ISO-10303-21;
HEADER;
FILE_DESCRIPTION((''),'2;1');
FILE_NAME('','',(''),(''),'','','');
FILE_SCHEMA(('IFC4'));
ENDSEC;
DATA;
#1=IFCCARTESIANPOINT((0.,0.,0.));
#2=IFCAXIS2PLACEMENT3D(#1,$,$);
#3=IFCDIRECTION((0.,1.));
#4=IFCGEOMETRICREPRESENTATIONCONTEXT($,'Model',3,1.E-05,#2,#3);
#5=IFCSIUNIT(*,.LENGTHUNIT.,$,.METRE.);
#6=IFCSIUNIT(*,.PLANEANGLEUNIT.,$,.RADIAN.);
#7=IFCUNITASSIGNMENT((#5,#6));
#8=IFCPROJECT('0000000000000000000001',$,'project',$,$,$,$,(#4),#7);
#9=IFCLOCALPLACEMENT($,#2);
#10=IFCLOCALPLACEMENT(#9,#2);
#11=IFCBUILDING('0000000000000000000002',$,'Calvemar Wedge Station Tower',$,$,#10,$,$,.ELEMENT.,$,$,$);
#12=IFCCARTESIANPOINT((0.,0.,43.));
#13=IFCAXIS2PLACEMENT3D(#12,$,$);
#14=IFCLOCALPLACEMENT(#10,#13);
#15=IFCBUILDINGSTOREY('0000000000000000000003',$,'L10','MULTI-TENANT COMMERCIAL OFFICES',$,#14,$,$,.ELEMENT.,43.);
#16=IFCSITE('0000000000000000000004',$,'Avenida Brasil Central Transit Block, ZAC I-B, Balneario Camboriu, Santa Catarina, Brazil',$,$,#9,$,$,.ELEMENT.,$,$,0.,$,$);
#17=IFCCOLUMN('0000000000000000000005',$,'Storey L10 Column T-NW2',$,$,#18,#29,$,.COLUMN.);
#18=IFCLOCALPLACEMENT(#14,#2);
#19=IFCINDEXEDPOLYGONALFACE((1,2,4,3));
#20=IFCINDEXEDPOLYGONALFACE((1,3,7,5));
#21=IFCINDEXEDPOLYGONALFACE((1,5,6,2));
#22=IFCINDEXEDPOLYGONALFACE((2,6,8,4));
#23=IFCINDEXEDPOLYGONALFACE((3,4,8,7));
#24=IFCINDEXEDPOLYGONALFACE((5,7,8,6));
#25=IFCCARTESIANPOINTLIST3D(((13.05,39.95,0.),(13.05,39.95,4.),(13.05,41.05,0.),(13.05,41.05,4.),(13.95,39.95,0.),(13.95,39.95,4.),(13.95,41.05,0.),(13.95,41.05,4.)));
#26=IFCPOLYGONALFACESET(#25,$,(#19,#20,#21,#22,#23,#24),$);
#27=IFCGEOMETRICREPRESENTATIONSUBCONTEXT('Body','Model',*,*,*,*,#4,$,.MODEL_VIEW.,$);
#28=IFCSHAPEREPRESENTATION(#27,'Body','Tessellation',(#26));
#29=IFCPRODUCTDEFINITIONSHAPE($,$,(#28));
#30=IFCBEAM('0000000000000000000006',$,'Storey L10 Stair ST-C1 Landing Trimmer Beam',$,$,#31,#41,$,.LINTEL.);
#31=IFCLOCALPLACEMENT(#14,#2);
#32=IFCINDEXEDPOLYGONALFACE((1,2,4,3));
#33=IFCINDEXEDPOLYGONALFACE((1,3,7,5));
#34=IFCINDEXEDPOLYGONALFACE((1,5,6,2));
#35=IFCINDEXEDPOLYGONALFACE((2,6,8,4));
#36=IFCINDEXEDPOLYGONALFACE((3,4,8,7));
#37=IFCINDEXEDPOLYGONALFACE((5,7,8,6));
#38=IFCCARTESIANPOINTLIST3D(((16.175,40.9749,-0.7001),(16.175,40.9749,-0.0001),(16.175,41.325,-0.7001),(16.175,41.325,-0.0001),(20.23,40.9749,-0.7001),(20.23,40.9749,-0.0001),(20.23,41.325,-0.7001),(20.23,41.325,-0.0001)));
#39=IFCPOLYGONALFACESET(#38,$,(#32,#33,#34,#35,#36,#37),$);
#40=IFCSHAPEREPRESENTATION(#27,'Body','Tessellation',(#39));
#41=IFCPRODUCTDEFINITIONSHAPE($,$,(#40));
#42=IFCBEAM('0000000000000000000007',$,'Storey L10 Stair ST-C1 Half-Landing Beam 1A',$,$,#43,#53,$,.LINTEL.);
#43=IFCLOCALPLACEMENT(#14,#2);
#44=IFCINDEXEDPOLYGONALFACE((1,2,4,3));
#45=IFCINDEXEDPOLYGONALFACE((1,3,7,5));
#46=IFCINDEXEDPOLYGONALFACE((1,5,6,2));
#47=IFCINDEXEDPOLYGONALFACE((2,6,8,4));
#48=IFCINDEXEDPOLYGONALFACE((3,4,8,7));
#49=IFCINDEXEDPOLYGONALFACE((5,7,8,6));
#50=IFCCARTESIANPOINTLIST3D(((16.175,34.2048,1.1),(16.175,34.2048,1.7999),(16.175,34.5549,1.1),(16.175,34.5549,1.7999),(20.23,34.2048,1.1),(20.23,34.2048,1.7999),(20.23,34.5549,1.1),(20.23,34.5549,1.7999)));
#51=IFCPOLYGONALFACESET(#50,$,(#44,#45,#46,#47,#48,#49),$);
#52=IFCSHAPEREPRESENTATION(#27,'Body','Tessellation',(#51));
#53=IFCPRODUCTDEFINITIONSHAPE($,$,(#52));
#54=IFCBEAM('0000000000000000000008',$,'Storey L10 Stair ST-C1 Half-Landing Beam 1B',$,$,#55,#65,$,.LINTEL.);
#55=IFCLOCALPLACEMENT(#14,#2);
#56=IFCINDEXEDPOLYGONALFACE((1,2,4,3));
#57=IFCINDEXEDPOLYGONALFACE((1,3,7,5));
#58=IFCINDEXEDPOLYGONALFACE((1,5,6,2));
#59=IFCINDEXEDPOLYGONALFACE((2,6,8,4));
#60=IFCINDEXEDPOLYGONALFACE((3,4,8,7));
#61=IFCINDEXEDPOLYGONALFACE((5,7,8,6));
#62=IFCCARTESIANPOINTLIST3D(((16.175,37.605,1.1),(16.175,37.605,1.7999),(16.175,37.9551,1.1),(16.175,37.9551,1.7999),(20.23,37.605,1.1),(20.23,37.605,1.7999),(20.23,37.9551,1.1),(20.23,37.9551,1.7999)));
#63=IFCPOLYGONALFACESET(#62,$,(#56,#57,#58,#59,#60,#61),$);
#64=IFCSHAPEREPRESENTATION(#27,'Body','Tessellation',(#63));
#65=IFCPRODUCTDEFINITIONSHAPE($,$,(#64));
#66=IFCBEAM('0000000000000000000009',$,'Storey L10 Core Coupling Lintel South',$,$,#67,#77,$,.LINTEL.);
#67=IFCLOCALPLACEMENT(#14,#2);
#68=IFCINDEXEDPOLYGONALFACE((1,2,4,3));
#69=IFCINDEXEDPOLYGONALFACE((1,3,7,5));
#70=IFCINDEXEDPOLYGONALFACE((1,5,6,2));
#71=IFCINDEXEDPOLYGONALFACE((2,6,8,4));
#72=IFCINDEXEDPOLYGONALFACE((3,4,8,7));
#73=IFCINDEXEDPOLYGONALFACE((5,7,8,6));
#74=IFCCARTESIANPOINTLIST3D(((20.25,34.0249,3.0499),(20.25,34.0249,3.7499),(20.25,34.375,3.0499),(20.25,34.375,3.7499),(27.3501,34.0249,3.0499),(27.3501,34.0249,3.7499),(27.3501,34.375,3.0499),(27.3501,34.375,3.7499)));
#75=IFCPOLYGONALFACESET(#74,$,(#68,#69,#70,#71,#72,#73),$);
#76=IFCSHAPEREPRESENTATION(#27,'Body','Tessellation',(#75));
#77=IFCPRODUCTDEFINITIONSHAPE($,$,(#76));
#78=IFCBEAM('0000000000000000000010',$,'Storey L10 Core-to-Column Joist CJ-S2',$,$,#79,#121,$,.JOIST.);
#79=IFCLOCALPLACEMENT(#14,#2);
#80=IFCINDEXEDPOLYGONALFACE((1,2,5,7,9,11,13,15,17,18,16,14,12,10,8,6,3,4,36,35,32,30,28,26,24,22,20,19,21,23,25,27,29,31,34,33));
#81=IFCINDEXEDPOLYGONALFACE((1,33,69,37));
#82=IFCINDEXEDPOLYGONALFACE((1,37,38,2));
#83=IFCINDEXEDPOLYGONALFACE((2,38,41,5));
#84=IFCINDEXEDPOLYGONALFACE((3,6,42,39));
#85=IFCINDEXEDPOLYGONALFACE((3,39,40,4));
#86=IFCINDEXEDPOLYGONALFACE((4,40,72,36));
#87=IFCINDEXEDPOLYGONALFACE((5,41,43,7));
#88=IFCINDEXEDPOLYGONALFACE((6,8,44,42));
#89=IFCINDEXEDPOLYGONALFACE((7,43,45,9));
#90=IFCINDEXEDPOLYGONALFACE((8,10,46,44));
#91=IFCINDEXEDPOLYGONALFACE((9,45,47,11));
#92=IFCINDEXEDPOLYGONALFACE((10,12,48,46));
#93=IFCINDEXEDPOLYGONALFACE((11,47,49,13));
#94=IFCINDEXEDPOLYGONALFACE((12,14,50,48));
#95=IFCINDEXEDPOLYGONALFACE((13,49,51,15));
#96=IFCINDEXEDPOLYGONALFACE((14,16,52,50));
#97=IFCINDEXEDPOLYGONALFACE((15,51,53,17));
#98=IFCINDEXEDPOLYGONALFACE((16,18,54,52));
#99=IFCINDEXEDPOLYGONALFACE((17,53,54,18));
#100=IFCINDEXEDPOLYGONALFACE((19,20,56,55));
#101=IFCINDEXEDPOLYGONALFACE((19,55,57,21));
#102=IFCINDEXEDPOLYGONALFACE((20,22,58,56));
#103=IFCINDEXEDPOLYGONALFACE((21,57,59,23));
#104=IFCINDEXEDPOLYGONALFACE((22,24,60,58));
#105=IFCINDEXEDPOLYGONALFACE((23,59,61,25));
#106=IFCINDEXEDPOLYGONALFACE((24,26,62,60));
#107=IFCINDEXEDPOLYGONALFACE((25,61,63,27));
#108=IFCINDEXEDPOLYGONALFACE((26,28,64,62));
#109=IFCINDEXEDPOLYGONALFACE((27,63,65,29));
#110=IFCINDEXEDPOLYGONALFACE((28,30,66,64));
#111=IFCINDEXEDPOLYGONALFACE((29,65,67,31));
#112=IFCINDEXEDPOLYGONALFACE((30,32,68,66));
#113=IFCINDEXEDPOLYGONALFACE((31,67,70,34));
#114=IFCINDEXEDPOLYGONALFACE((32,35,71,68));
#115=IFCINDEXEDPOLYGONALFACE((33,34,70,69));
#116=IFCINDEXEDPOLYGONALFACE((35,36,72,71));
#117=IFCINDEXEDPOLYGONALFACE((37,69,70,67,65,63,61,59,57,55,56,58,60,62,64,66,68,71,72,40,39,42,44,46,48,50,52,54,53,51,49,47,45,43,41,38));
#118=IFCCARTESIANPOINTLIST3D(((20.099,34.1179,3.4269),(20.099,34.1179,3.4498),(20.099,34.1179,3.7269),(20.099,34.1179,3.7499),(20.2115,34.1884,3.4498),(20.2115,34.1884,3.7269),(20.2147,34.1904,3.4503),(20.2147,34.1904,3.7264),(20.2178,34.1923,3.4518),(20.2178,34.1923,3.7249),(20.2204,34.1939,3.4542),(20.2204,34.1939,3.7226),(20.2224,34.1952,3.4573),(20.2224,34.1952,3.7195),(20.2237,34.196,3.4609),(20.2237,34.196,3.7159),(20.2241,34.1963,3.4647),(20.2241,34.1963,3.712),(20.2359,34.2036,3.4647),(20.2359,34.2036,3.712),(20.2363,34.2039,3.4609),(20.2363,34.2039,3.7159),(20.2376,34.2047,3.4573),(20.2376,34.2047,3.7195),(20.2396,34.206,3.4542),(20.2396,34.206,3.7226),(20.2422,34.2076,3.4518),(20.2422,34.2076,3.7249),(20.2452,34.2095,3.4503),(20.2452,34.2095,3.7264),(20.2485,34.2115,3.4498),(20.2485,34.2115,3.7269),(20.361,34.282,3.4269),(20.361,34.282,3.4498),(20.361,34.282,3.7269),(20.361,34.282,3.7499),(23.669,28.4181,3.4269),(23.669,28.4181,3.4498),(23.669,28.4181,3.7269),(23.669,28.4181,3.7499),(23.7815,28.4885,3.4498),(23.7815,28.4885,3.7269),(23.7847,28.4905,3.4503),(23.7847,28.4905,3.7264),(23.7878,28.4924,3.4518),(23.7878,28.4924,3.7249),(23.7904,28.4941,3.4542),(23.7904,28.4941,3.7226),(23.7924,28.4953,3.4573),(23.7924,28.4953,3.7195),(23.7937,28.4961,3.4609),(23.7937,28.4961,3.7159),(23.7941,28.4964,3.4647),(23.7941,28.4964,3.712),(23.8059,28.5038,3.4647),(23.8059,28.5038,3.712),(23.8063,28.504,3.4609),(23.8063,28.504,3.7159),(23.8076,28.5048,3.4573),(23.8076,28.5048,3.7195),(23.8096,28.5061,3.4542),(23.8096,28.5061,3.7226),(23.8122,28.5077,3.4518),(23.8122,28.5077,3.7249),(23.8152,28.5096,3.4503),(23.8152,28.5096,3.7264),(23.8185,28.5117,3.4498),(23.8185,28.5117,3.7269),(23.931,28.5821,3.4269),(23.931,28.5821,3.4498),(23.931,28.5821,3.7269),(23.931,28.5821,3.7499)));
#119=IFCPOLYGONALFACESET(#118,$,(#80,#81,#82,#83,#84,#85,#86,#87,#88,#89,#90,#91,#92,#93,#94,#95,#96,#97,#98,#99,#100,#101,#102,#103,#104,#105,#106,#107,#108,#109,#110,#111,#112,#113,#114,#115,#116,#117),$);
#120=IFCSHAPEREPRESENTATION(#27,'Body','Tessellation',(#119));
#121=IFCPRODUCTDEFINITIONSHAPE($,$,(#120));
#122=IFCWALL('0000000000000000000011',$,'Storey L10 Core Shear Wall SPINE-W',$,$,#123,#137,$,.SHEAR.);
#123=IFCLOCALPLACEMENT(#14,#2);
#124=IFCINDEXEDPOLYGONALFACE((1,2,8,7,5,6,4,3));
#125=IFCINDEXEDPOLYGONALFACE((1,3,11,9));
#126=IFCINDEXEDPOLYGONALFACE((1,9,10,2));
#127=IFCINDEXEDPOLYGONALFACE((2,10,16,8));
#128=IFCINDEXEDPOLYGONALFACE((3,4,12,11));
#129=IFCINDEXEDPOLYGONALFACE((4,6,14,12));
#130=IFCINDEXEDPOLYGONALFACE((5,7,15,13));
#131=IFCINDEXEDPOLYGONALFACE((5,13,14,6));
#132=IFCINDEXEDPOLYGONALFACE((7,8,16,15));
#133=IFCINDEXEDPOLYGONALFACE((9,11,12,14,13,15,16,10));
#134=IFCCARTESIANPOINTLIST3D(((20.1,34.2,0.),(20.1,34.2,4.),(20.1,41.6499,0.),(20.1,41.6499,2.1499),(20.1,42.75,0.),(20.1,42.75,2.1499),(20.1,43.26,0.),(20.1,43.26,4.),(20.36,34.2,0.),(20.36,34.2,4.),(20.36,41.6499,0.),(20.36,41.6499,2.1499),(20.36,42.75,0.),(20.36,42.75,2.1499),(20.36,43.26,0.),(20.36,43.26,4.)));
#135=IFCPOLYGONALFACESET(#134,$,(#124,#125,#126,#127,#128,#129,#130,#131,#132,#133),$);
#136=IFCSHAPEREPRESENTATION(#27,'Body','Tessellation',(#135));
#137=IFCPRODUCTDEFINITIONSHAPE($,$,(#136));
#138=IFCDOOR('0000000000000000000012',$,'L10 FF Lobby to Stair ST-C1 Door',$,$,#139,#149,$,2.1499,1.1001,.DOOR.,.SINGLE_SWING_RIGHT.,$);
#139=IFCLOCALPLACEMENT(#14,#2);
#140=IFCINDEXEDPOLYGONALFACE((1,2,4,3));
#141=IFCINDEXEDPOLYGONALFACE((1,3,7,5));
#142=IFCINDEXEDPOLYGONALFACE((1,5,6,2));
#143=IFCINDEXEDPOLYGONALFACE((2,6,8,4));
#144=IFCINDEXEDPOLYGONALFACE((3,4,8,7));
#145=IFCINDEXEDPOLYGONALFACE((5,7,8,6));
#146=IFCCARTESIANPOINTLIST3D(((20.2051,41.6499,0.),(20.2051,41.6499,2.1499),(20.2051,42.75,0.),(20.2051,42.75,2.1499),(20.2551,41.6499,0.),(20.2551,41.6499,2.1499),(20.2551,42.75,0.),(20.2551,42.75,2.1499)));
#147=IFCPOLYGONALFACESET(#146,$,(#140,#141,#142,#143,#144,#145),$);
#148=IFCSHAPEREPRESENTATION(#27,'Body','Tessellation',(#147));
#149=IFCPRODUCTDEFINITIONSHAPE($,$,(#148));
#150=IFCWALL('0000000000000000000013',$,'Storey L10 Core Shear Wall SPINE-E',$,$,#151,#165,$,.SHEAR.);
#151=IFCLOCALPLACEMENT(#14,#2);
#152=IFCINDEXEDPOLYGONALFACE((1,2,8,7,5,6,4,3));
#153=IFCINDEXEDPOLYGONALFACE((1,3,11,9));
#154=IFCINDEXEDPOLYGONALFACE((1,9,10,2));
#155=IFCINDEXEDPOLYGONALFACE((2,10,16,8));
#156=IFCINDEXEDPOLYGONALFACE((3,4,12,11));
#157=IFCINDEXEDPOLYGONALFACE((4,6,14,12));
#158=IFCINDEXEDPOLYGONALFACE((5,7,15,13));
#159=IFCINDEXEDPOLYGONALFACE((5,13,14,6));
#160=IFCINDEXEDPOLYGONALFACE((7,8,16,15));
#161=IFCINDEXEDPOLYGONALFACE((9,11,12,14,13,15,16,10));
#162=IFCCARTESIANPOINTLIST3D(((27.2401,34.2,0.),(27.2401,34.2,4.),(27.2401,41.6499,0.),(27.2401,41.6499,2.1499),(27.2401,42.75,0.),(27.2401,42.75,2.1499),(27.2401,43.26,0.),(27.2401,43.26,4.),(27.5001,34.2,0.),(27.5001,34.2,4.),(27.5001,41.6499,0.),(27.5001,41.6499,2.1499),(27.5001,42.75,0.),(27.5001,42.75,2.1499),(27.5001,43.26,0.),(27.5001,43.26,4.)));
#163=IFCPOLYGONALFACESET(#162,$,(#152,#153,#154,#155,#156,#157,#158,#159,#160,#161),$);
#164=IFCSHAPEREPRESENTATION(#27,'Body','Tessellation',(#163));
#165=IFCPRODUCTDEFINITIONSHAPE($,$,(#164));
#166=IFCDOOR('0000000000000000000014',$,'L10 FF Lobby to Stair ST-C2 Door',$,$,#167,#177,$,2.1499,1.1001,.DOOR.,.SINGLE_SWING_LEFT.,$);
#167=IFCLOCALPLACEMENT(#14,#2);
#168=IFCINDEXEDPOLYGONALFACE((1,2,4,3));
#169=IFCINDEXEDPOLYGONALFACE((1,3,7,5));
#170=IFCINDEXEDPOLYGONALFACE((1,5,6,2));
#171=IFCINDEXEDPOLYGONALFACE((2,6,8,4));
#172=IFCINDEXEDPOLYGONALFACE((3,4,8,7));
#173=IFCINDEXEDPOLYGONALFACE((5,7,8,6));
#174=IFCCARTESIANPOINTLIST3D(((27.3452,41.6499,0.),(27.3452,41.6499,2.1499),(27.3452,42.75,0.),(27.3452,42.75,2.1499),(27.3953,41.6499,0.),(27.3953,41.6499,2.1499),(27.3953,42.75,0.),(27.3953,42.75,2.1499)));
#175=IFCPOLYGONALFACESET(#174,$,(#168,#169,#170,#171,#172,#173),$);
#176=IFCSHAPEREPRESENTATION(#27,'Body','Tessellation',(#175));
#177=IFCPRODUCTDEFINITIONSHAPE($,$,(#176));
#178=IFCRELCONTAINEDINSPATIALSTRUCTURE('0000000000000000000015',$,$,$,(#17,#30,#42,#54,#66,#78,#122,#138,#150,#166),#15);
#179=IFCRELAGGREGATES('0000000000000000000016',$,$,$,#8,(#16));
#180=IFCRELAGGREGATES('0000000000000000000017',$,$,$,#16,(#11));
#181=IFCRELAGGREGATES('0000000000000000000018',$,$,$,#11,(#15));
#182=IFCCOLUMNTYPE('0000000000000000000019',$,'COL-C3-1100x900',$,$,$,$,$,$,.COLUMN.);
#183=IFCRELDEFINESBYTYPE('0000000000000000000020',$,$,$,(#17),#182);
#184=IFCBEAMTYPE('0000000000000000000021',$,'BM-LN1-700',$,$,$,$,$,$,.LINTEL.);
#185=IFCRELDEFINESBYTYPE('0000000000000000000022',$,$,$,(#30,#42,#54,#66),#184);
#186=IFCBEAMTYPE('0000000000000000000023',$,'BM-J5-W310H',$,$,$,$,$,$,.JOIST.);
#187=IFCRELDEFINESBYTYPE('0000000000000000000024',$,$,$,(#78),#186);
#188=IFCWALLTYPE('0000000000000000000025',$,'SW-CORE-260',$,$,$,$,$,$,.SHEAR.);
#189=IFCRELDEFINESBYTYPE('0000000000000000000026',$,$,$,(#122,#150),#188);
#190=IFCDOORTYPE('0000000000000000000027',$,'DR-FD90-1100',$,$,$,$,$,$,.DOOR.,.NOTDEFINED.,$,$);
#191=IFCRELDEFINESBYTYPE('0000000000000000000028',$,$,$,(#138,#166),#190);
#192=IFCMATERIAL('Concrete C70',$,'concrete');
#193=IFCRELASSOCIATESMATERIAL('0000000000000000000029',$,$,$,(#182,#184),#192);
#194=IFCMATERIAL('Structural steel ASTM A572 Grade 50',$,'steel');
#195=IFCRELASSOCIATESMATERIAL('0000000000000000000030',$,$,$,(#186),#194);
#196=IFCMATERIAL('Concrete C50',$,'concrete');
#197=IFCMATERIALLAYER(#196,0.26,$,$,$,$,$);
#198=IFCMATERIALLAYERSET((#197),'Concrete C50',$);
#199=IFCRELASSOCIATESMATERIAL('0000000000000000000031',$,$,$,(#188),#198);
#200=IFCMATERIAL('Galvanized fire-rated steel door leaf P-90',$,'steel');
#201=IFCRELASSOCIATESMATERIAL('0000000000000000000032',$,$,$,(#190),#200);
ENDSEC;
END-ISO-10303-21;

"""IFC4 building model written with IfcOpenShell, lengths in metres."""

from ifc_helpers import new_model, si_unit, direction, frame, frame_2d, origin, origin_2d, place, context, subcontext, project, spatial, rectangle, i_section, extrude, source, transform, mapped, material, layer, layer_set, material_profile, profile_set, type_object, element, fill, save


model = new_model("IFC4")

# Units and contexts
model_context = context("Model", 3, precision=1e-05, world=origin(), true_north=direction((0.0, 1.0)))
body_context = subcontext(model_context, "Body", "Model", "MODEL_VIEW")
ifc_project = project(units=[si_unit("LENGTHUNIT", "METRE"), si_unit("PLANEANGLEUNIT", "RADIAN")], contexts=[model_context])

# Site, building, storey
site_placement = place(None, origin())
site = spatial("IfcSite", under=ifc_project, at=site_placement, Name="Avenida Brasil Central Transit Block, ZAC I-B, Balneario Camboriu, Santa Catarina, Brazil", CompositionType="ELEMENT", RefElevation=0.0)
building_placement = place(site_placement, origin())
building = spatial("IfcBuilding", under=site, at=building_placement, Name="Calvemar Wedge Station Tower", CompositionType="ELEMENT")
storey_placement = place(building_placement, frame((0.0, 0.0, 43.0)))
storey = spatial("IfcBuildingStorey", under=building, at=storey_placement, Name="L10", Description="MULTI-TENANT COMMERCIAL OFFICES", CompositionType="ELEMENT", Elevation=43.0)

# Column
ifc_material_1 = material(Name="Concrete C70", Category="concrete")
ifc_material_profile_1 = material_profile(ifc_material_1, rectangle(XDim=0.8999, YDim=1.1001, at=origin_2d()), Name="RC1100x900")
ifc_profile_set_1 = profile_set([ifc_material_profile_1], Name="Concrete C70")
column_type = type_object("IfcColumnType", Name="COL-C3-1100x900", PredefinedType="COLUMN", material=ifc_profile_set_1)
shared_shape_1 = source(origin(), body_context, "Body", "SweptSolid", [
    extrude(rectangle(XDim=0.8999, YDim=1.1001, at=origin_2d()), origin(), (0.0, 0.0, 1.0), 4.0),
])
column_placement = place(storey_placement, frame((13.5, 40.5, 0.0), z_axis=(0.0, 0.0, 1.0), x_axis=(1.0, 0.0, 0.0)))
element("IfcColumn", 1, at=column_placement, inside=storey, type_object=column_type, Name="Storey L10 Column T-NW2", PredefinedType="COLUMN", context=body_context, shape_type="MappedRepresentation", body=[
    mapped(shared_shape_1, transform((0.0, 0.0, 0.0), scale=1.0)),
])

# Beams
ifc_material_profile_2 = material_profile(ifc_material_1, rectangle(XDim=0.3501, YDim=0.7, at=origin_2d()), Name="RC350x700")
ifc_profile_set_2 = profile_set([ifc_material_profile_2], Name="Concrete C70")
beam_type_1 = type_object("IfcBeamType", Name="BM-LN1-700", PredefinedType="LINTEL", material=ifc_profile_set_2)
shared_shape_2 = source(origin(), body_context, "Body", "SweptSolid", [
    extrude(rectangle(XDim=0.3501, YDim=0.7, at=origin_2d()), origin(), (0.0, 0.0, 1.0), 4.0549),
])
for number, where, z_axis, x_axis, name in (
    (2, (16.175, 41.1499, -0.3501), (1.0, 0.0, 0.0), (0.0, 1.0, 0.0), "Storey L10 Stair ST-C1 Landing Trimmer Beam"),
    (3, (16.175, 34.3799, 1.45), (1.0, 0.0, 0.0), (0.0, 1.0, 0.0), "Storey L10 Stair ST-C1 Half-Landing Beam 1A"),
    (4, (16.175, 37.78, 1.45), (1.0, 0.0, 0.0), (0.0, 1.0, 0.0), "Storey L10 Stair ST-C1 Half-Landing Beam 1B"),
):
    element("IfcBeam", number, at=place(storey_placement, frame(where, z_axis=z_axis, x_axis=x_axis)), inside=storey, type_object=beam_type_1, Name=name, PredefinedType="LINTEL", context=body_context, shape_type="MappedRepresentation", body=[
        mapped(shared_shape_2, transform((0.0, 0.0, 0.0), scale=1.0)),
    ])
shared_shape_3 = source(origin(), body_context, "Body", "SweptSolid", [
    extrude(rectangle(XDim=0.3501, YDim=0.7, at=origin_2d()), origin(), (0.0, 0.0, 1.0), 7.1001),
])
beam_1_placement = place(storey_placement, frame((20.25, 34.2, 3.3999), z_axis=(1.0, 0.0, 0.0), x_axis=(0.0, 1.0, 0.0)))
element("IfcBeam", 5, at=beam_1_placement, inside=storey, type_object=beam_type_1, Name="Storey L10 Core Coupling Lintel South", PredefinedType="LINTEL", context=body_context, shape_type="MappedRepresentation", body=[
    mapped(shared_shape_3, transform((0.0, 0.0, 0.0), scale=1.0)),
])
ifc_material_2 = material(Name="Structural steel ASTM A572 Grade 50", Category="steel")
ifc_material_profile_3 = material_profile(ifc_material_2, i_section(OverallWidth=0.3091, OverallDepth=0.323, WebThickness=0.0139, FlangeThickness=0.0229, FilletRadius=0.0149, at=origin_2d()), Name="W310x143")
ifc_profile_set_3 = profile_set([ifc_material_profile_3], Name="Structural steel ASTM A572 Grade 50")
beam_type_2 = type_object("IfcBeamType", Name="BM-J5-W310H", PredefinedType="JOIST", material=ifc_profile_set_3)
shared_shape_4 = source(origin(), body_context, "Body", "SweptSolid", [
    extrude(i_section(OverallWidth=0.3091, OverallDepth=0.323, WebThickness=0.0139, FlangeThickness=0.0229, FilletRadius=0.0149, at=origin_2d()), origin(), (0.0, 0.0, 1.0), 6.7256),
])
beam_2_placement = place(storey_placement, frame((20.23, 34.2, 3.5884), z_axis=(0.530811, -0.84749, 0.0), x_axis=(0.84749, 0.530811, 0.0)))
element("IfcBeam", 6, at=beam_2_placement, inside=storey, type_object=beam_type_2, Name="Storey L10 Core-to-Column Joist CJ-S2", PredefinedType="JOIST", context=body_context, shape_type="MappedRepresentation", body=[
    mapped(shared_shape_4, transform((0.0, 0.0, 0.0), scale=1.0)),
])

# Walls, openings, doors
ifc_material_3 = material(Name="Concrete C50", Category="concrete")
ifc_layer_1 = layer(ifc_material_3, 0.26)
ifc_layer_set_1 = layer_set([ifc_layer_1], Name="Concrete C50")
wall_type_1 = type_object("IfcWallType", Name="SW-CORE-260", PredefinedType="SHEAR", material=ifc_layer_set_1)
wall_1_placement = place(storey_placement, frame((20.23, 34.2, 0.0), z_axis=(0.0, 0.0, 1.0), x_axis=(0.0, 1.0, 0.0)))
wall_1 = element("IfcWall", 7, at=wall_1_placement, inside=storey, type_object=wall_type_1, Name="Storey L10 Core Shear Wall SPINE-W", PredefinedType="SHEAR", context=body_context, shape_type="SweptSolid", body=[
    extrude(rectangle(XDim=9.0601, YDim=0.26, at=frame_2d((4.53, 0.0))), origin(), (0.0, 0.0, 1.0), 4.0),
])
shared_shape_5 = source(origin(), body_context, "Body", "SweptSolid", [
    extrude(rectangle(XDim=1.1001, YDim=2.1499, at=frame_2d((0.55, 1.075))), frame((0.0, 0.1401, 0.0), z_axis=(0.0, -1.0, 0.0), x_axis=(1.0, 0.0, 0.0)), (0.0, 0.0, 1.0), 0.28),
])
opening_1_placement = place(wall_1_placement, frame((7.45, 0.0, 0.0)))
opening_1 = element("IfcOpeningElement", 8, at=opening_1_placement, cuts=wall_1, PredefinedType="OPENING", context=body_context, shape_type="MappedRepresentation", body=[
    mapped(shared_shape_5, transform((0.0, 0.0, 0.0), scale=1.0)),
])
ifc_material_4 = material(Name="Galvanized fire-rated steel door leaf P-90", Category="steel")
door_type_1 = type_object("IfcDoorType", Name="DR-FD90-1100", OperationType="NOTDEFINED", PredefinedType="DOOR", material=ifc_material_4)
shared_shape_6 = source(origin(), body_context, "Body", "SweptSolid", [
    extrude(rectangle(XDim=1.1001, YDim=2.1499, at=frame_2d((0.55, 1.075))), frame((0.0, 0.0249, 0.0), z_axis=(0.0, -1.0, 0.0), x_axis=(1.0, 0.0, 0.0)), (0.0, 0.0, 1.0), 0.05),
])
door_1_placement = place(opening_1_placement, origin())
door_1 = element("IfcDoor", 9, at=door_1_placement, inside=storey, type_object=door_type_1, Name="L10 FF Lobby to Stair ST-C1 Door", OperationType="SINGLE_SWING_RIGHT", OverallHeight=2.1499, OverallWidth=1.1001, PredefinedType="DOOR", context=body_context, shape_type="MappedRepresentation", body=[
    mapped(shared_shape_6, transform((0.0, 0.0, 0.0), scale=1.0)),
])
fill(opening_1, door_1)
wall_2_placement = place(storey_placement, frame((27.3701, 34.2, 0.0), z_axis=(0.0, 0.0, 1.0), x_axis=(0.0, 1.0, 0.0)))
wall_2 = element("IfcWall", 10, at=wall_2_placement, inside=storey, type_object=wall_type_1, Name="Storey L10 Core Shear Wall SPINE-E", PredefinedType="SHEAR", context=body_context, shape_type="SweptSolid", body=[
    extrude(rectangle(XDim=9.0601, YDim=0.26, at=frame_2d((4.53, 0.0))), origin(), (0.0, 0.0, 1.0), 4.0),
])
opening_2_placement = place(wall_2_placement, frame((7.45, 0.0, 0.0)))
opening_2 = element("IfcOpeningElement", 11, at=opening_2_placement, cuts=wall_2, PredefinedType="OPENING", context=body_context, shape_type="MappedRepresentation", body=[
    mapped(shared_shape_5, transform((0.0, 0.0, 0.0), scale=1.0)),
])
door_2_placement = place(opening_2_placement, origin())
door_2 = element("IfcDoor", 12, at=door_2_placement, inside=storey, type_object=door_type_1, Name="L10 FF Lobby to Stair ST-C2 Door", OperationType="SINGLE_SWING_LEFT", OverallHeight=2.1499, OverallWidth=1.1001, PredefinedType="DOOR", context=body_context, shape_type="MappedRepresentation", body=[
    mapped(shared_shape_6, transform((0.0, 0.0, 0.0), scale=1.0)),
])
fill(opening_2, door_2)

save(model, "model.ifc")
